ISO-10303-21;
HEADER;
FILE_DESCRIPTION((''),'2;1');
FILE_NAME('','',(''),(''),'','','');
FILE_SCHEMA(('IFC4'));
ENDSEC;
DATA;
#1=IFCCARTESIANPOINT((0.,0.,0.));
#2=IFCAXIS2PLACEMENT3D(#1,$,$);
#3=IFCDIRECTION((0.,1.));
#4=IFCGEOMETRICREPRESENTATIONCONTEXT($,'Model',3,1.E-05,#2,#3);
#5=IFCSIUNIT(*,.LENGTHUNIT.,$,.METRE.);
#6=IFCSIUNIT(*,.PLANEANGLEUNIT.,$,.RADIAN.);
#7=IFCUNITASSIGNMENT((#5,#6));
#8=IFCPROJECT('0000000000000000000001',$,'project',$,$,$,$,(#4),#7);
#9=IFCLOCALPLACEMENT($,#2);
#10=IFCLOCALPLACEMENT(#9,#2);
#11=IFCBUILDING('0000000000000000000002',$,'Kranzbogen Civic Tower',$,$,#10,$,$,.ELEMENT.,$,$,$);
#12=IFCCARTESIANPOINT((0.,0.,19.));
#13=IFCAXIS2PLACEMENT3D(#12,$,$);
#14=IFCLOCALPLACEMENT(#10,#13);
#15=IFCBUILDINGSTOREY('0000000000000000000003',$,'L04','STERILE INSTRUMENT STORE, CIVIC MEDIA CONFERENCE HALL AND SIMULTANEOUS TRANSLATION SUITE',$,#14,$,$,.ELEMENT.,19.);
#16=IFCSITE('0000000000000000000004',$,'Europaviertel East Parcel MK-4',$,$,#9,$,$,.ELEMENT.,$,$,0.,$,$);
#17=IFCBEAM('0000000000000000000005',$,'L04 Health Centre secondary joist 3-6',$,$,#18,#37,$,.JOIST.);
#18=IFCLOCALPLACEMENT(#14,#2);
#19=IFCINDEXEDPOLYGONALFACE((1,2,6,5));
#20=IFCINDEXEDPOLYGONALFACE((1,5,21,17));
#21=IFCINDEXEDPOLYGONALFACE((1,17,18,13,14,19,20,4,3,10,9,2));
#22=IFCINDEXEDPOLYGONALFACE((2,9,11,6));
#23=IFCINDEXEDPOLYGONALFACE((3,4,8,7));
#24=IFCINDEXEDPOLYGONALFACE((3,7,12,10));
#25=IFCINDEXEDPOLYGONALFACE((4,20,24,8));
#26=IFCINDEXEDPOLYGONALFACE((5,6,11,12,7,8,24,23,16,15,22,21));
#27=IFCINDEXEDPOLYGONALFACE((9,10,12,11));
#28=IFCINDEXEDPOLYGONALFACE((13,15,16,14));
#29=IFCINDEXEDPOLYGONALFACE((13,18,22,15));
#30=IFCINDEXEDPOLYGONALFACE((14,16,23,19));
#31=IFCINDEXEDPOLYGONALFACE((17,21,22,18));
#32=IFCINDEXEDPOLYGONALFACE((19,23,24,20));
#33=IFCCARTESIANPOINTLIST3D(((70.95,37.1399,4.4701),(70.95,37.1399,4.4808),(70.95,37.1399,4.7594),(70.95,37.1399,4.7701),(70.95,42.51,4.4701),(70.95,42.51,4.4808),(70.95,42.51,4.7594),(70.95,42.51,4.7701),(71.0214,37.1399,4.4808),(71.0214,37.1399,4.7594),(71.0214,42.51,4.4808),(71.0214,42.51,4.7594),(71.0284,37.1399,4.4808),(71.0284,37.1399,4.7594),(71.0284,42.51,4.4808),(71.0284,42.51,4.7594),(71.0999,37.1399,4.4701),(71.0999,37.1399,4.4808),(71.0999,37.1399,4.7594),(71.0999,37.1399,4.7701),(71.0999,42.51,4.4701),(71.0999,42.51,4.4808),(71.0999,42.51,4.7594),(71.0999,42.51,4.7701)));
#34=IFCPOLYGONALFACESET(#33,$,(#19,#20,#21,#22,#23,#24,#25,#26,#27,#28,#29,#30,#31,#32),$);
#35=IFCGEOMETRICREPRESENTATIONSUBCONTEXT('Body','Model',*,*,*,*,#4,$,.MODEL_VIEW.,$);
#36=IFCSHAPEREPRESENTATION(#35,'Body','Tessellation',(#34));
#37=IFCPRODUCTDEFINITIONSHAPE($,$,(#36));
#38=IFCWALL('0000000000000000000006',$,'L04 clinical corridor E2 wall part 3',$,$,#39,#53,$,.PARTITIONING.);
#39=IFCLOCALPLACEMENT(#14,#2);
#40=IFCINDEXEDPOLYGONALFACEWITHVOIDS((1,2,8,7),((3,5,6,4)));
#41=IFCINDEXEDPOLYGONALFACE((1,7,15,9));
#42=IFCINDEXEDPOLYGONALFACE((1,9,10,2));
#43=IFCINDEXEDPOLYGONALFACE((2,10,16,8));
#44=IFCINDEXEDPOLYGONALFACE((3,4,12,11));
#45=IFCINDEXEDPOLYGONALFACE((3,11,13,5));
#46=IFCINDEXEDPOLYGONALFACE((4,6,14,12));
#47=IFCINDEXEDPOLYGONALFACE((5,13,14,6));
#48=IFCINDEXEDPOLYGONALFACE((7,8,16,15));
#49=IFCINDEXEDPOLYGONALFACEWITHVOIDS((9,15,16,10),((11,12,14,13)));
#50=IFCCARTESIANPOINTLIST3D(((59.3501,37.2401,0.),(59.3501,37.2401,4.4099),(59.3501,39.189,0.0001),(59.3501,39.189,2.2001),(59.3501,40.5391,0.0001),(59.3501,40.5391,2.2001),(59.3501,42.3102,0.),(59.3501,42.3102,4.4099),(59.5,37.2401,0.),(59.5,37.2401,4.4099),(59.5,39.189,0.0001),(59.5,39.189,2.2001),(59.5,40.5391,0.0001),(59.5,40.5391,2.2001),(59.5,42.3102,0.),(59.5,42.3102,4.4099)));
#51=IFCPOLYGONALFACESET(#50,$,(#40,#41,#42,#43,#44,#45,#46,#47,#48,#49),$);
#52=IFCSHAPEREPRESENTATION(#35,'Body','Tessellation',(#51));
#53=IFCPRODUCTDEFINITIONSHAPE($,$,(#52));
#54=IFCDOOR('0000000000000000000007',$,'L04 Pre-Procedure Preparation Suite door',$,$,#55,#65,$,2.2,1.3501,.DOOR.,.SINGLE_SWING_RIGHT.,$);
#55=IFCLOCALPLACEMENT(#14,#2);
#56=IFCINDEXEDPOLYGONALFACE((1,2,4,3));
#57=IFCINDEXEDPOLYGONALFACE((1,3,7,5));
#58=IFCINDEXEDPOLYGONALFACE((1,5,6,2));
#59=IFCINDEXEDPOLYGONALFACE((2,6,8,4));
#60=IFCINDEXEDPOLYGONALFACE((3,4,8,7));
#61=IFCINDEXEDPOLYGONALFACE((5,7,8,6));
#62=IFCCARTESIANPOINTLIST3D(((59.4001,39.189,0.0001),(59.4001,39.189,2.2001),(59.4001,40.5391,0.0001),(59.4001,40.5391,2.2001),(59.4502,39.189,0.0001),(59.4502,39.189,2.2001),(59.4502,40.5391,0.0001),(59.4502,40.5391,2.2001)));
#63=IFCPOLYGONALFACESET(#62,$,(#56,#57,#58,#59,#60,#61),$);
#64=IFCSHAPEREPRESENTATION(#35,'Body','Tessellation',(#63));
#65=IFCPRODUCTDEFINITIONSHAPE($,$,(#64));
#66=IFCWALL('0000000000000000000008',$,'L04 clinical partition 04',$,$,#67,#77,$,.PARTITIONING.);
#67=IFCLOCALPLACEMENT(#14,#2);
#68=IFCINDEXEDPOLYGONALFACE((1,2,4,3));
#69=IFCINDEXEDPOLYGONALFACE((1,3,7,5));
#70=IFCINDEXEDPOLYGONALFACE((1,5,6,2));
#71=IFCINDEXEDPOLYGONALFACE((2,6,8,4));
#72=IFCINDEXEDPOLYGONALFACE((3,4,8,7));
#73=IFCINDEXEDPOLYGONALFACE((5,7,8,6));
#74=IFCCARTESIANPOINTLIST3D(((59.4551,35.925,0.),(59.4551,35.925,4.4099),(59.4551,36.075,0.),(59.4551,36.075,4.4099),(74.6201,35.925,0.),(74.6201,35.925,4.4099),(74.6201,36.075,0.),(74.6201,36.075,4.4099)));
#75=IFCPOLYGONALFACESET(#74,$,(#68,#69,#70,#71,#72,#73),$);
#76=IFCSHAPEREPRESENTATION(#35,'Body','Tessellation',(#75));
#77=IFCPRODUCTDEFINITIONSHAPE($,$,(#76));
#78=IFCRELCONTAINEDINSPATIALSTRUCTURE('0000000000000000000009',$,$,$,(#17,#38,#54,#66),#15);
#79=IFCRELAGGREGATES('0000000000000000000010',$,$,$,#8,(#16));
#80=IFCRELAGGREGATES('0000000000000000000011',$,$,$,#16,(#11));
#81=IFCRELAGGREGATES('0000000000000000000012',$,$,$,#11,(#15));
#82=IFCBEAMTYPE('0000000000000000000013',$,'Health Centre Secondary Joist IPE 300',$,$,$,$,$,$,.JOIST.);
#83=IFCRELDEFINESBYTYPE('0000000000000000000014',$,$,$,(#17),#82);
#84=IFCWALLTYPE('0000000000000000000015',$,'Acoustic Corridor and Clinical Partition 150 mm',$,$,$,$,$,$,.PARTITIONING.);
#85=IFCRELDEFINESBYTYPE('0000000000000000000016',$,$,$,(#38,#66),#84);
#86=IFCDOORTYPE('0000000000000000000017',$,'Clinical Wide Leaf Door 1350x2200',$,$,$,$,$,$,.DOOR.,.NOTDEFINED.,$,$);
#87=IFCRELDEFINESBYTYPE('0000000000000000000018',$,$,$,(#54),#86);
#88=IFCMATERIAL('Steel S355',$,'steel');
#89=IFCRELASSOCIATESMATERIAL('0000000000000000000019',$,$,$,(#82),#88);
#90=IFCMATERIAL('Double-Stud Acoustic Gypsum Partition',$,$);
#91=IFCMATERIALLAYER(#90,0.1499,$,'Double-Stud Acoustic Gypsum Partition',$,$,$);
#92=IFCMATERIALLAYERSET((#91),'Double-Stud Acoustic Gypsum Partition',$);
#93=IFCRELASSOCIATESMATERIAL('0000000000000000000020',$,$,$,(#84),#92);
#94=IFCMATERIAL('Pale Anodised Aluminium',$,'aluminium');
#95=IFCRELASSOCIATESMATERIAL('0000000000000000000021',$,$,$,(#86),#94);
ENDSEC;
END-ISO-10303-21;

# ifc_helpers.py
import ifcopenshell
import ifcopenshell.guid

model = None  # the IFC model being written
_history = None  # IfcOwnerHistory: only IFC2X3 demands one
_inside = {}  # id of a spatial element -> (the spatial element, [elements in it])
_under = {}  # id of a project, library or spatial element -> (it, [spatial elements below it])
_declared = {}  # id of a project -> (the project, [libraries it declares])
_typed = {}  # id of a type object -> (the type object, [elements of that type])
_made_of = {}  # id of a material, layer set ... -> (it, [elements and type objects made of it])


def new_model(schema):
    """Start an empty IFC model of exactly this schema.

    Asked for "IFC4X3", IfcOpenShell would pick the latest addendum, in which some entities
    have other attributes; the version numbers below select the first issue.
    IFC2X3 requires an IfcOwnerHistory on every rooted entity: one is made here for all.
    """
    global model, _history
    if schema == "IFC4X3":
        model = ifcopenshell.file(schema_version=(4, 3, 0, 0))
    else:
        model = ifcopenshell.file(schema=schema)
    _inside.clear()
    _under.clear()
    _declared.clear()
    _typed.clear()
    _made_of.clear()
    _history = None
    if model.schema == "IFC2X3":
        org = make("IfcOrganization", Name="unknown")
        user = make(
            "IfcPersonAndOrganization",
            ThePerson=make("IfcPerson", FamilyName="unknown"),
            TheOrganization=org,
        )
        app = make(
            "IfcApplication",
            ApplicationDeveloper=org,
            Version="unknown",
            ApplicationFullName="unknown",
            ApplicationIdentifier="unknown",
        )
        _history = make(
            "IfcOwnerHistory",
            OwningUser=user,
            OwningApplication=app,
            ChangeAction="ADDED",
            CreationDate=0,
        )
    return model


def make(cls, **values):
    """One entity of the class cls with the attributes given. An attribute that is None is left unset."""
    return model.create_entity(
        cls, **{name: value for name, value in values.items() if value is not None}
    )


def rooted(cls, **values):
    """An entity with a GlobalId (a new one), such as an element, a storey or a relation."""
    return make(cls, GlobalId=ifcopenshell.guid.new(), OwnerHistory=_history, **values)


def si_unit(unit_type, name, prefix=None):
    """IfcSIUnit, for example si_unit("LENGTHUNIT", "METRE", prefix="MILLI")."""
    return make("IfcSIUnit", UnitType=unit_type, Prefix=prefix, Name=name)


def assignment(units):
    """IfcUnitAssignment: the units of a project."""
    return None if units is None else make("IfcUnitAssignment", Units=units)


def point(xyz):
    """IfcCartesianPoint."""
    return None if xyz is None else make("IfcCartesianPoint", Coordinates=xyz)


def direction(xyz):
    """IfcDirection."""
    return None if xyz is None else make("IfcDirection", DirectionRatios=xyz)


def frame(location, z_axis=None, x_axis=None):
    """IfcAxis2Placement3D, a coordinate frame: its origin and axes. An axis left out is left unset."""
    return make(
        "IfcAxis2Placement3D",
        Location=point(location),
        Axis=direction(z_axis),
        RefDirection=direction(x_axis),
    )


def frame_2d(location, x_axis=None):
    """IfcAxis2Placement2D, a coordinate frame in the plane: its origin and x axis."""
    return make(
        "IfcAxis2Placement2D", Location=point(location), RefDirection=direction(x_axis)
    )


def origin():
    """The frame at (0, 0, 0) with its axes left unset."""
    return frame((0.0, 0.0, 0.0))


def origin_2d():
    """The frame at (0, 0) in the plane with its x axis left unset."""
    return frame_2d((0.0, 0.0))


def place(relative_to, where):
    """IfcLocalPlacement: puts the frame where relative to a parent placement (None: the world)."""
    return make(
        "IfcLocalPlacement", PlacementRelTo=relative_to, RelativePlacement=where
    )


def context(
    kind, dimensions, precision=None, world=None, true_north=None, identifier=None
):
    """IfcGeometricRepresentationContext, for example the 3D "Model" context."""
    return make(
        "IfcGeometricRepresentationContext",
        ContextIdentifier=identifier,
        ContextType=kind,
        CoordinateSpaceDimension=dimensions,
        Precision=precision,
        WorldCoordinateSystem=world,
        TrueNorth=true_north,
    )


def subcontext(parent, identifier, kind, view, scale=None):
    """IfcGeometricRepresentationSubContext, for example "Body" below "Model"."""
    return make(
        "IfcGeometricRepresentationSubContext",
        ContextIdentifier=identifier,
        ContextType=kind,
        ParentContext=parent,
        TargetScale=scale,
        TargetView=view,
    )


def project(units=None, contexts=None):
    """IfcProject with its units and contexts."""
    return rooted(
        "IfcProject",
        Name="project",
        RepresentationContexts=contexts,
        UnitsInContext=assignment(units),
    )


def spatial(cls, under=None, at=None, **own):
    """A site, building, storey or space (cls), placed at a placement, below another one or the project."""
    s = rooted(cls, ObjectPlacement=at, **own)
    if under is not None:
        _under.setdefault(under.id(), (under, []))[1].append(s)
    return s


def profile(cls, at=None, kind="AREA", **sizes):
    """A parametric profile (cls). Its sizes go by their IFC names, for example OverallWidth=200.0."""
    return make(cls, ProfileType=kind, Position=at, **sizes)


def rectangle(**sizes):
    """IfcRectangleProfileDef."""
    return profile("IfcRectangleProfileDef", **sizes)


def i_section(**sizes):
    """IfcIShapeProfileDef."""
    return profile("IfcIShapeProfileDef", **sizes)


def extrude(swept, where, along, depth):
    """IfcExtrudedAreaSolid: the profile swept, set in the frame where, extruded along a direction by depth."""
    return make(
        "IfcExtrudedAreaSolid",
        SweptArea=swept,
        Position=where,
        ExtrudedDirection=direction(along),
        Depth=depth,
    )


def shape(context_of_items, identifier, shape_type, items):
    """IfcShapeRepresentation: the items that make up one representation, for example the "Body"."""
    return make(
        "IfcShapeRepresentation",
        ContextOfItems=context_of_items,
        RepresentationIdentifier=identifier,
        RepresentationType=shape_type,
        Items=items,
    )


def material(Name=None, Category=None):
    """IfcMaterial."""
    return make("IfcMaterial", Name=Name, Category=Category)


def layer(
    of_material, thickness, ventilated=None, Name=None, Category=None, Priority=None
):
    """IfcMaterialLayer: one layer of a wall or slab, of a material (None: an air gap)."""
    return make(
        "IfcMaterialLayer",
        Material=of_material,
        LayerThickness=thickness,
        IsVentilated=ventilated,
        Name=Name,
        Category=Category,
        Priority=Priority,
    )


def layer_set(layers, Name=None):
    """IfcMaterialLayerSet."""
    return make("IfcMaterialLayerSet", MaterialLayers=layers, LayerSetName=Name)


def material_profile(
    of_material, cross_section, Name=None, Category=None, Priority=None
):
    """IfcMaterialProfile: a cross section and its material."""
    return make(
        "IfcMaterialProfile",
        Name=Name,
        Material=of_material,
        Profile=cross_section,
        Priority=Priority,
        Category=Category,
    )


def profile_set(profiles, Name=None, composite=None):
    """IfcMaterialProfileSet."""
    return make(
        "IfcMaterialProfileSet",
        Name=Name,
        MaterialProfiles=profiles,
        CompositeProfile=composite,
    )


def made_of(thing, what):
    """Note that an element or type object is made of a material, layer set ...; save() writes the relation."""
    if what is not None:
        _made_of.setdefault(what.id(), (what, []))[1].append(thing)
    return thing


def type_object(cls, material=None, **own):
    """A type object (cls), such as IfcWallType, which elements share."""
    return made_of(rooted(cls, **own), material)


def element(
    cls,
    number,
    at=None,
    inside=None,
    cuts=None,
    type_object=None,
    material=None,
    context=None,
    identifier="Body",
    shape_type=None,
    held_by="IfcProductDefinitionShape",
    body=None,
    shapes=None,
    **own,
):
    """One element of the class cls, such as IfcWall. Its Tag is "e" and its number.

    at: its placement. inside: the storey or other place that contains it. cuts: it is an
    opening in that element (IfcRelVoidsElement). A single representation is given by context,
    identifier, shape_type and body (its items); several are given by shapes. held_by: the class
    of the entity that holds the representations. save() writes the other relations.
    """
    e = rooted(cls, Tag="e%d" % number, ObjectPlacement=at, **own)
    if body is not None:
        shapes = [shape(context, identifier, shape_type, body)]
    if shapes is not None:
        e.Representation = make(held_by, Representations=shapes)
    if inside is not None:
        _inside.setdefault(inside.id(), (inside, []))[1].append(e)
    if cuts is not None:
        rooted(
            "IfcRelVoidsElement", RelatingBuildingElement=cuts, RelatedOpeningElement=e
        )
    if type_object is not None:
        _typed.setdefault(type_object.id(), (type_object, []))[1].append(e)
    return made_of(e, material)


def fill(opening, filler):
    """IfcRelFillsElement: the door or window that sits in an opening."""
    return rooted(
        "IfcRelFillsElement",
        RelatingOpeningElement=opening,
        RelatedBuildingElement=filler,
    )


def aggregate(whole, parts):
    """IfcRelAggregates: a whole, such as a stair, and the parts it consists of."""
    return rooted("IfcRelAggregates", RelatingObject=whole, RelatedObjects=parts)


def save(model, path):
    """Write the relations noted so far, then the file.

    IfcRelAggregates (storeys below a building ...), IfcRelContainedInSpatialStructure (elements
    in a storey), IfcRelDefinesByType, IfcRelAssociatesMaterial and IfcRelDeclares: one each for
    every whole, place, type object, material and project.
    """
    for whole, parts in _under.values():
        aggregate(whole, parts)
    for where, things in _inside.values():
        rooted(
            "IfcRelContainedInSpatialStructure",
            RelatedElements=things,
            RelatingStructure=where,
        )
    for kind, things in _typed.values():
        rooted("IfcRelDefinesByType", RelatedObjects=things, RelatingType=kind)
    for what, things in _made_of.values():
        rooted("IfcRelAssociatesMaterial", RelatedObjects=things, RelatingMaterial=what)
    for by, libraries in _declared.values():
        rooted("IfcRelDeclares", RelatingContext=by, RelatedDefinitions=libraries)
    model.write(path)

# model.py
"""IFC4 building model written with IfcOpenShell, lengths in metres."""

from ifc_helpers import new_model, si_unit, direction, frame, frame_2d, origin, origin_2d, place, context, subcontext, project, spatial, rectangle, i_section, extrude, material, layer, layer_set, material_profile, profile_set, type_object, element, fill, save


model = new_model("IFC4")

# Units and contexts
model_context = context("Model", 3, precision=1e-05, world=origin(), true_north=direction((0.0, 1.0)))
body_context = subcontext(model_context, "Body", "Model", "MODEL_VIEW")
ifc_project = project(units=[si_unit("LENGTHUNIT", "METRE"), si_unit("PLANEANGLEUNIT", "RADIAN")], contexts=[model_context])

# Site, building, storey
site_placement = place(None, origin())
site = spatial("IfcSite", under=ifc_project, at=site_placement, Name="Europaviertel East Parcel MK-4", CompositionType="ELEMENT", RefElevation=0.0)
building_placement = place(site_placement, origin())
building = spatial("IfcBuilding", under=site, at=building_placement, Name="Kranzbogen Civic Tower", CompositionType="ELEMENT")
storey_placement = place(building_placement, frame((0.0, 0.0, 19.0)))
storey = spatial("IfcBuildingStorey", under=building, at=storey_placement, Name="L04", Description="STERILE INSTRUMENT STORE, CIVIC MEDIA CONFERENCE HALL AND SIMULTANEOUS TRANSLATION SUITE", CompositionType="ELEMENT", Elevation=19.0)

# Shared definitions
ifc_material_1 = material(Name="Steel S355", Category="steel")

# Beam
ifc_material_profile_1 = material_profile(ifc_material_1, i_section(OverallWidth=0.1499, OverallDepth=0.3, WebThickness=0.0071, FlangeThickness=0.0107, at=origin_2d()), Name="IPE 300")
ifc_profile_set_1 = profile_set([ifc_material_profile_1], Name="Steel S355")
beam_type_1 = type_object("IfcBeamType", Name="Health Centre Secondary Joist IPE 300", PredefinedType="JOIST", material=ifc_profile_set_1)
for number, where, z_axis, x_axis, name in (
    (1, (71.0249, 37.1399, 4.6201), (0.0, 1.0, 0.0), (-1.0, 0.0, 0.0), "L04 Health Centre secondary joist 3-6"),
):
    element("IfcBeam", number, at=place(storey_placement, frame(where, z_axis=z_axis, x_axis=x_axis)), inside=storey, type_object=beam_type_1, Name=name, PredefinedType="JOIST", context=body_context, shape_type="SweptSolid", body=[
        extrude(i_section(OverallWidth=0.1499, OverallDepth=0.3, WebThickness=0.0071, FlangeThickness=0.0107, at=origin_2d()), origin(), (0.0, 0.0, 1.0), 5.3701),
    ])

# Wall, opening, door
ifc_material_2 = material(Name="Double-Stud Acoustic Gypsum Partition")
ifc_layer_1 = layer(ifc_material_2, 0.1499, Name="Double-Stud Acoustic Gypsum Partition")
ifc_layer_set_1 = layer_set([ifc_layer_1], Name="Double-Stud Acoustic Gypsum Partition")
wall_type_1 = type_object("IfcWallType", Name="Acoustic Corridor and Clinical Partition 150 mm", PredefinedType="PARTITIONING", material=ifc_layer_set_1)
wall_1_placement = place(storey_placement, frame((59.425, 37.24, 0.0), z_axis=(0.0, 0.0, 1.0), x_axis=(0.0, 1.0, 0.0)))
wall_1 = element("IfcWall", 2, at=wall_1_placement, inside=storey, type_object=wall_type_1, Name="L04 clinical corridor E2 wall part 3", PredefinedType="PARTITIONING", context=body_context, shape_type="SweptSolid", body=[
    extrude(rectangle(XDim=5.0701, YDim=0.1499, at=frame_2d((2.5352, 0.0))), origin(), (0.0, 0.0, 1.0), 4.4099),
])
opening_1_placement = place(wall_1_placement, frame((1.949, 0.0, 0.0)))
opening_1 = element("IfcOpeningElement", 3, at=opening_1_placement, cuts=wall_1, PredefinedType="OPENING", context=body_context, shape_type="SweptSolid", body=[
    extrude(rectangle(XDim=1.3501, YDim=2.2, at=frame_2d((0.675, 1.1001))), frame((0.0, 0.085, 0.0), z_axis=(0.0, -1.0, 0.0), x_axis=(1.0, 0.0, 0.0)), (0.0, 0.0, 1.0), 0.1699),
])
ifc_material_3 = material(Name="Pale Anodised Aluminium", Category="aluminium")
door_type = type_object("IfcDoorType", Name="Clinical Wide Leaf Door 1350x2200", OperationType="NOTDEFINED", PredefinedType="DOOR", material=ifc_material_3)
door_placement = place(opening_1_placement, origin())
door = element("IfcDoor", 4, at=door_placement, inside=storey, type_object=door_type, Name="L04 Pre-Procedure Preparation Suite door", OperationType="SINGLE_SWING_RIGHT", OverallHeight=2.2, OverallWidth=1.3501, PredefinedType="DOOR", context=body_context, shape_type="SweptSolid", body=[
    extrude(rectangle(XDim=1.3501, YDim=2.2, at=frame_2d((0.675, 1.1001))), frame((0.0, 0.0249, 0.0), z_axis=(0.0, -1.0, 0.0), x_axis=(1.0, 0.0, 0.0)), (0.0, 0.0, 1.0), 0.05),
])
fill(opening_1, door)

# Wall
wall_2_placement = place(storey_placement, frame((59.4551, 36.0, 0.0), z_axis=(0.0, 0.0, 1.0), x_axis=(1.0, 0.0, 0.0)))
element("IfcWall", 5, at=wall_2_placement, inside=storey, type_object=wall_type_1, Name="L04 clinical partition 04", PredefinedType="PARTITIONING", context=body_context, shape_type="SweptSolid", body=[
    extrude(rectangle(XDim=15.165, YDim=0.1499, at=frame_2d((7.5825, 0.0))), origin(), (0.0, 0.0, 1.0), 4.4099),
])

save(model, "model.ifc")
